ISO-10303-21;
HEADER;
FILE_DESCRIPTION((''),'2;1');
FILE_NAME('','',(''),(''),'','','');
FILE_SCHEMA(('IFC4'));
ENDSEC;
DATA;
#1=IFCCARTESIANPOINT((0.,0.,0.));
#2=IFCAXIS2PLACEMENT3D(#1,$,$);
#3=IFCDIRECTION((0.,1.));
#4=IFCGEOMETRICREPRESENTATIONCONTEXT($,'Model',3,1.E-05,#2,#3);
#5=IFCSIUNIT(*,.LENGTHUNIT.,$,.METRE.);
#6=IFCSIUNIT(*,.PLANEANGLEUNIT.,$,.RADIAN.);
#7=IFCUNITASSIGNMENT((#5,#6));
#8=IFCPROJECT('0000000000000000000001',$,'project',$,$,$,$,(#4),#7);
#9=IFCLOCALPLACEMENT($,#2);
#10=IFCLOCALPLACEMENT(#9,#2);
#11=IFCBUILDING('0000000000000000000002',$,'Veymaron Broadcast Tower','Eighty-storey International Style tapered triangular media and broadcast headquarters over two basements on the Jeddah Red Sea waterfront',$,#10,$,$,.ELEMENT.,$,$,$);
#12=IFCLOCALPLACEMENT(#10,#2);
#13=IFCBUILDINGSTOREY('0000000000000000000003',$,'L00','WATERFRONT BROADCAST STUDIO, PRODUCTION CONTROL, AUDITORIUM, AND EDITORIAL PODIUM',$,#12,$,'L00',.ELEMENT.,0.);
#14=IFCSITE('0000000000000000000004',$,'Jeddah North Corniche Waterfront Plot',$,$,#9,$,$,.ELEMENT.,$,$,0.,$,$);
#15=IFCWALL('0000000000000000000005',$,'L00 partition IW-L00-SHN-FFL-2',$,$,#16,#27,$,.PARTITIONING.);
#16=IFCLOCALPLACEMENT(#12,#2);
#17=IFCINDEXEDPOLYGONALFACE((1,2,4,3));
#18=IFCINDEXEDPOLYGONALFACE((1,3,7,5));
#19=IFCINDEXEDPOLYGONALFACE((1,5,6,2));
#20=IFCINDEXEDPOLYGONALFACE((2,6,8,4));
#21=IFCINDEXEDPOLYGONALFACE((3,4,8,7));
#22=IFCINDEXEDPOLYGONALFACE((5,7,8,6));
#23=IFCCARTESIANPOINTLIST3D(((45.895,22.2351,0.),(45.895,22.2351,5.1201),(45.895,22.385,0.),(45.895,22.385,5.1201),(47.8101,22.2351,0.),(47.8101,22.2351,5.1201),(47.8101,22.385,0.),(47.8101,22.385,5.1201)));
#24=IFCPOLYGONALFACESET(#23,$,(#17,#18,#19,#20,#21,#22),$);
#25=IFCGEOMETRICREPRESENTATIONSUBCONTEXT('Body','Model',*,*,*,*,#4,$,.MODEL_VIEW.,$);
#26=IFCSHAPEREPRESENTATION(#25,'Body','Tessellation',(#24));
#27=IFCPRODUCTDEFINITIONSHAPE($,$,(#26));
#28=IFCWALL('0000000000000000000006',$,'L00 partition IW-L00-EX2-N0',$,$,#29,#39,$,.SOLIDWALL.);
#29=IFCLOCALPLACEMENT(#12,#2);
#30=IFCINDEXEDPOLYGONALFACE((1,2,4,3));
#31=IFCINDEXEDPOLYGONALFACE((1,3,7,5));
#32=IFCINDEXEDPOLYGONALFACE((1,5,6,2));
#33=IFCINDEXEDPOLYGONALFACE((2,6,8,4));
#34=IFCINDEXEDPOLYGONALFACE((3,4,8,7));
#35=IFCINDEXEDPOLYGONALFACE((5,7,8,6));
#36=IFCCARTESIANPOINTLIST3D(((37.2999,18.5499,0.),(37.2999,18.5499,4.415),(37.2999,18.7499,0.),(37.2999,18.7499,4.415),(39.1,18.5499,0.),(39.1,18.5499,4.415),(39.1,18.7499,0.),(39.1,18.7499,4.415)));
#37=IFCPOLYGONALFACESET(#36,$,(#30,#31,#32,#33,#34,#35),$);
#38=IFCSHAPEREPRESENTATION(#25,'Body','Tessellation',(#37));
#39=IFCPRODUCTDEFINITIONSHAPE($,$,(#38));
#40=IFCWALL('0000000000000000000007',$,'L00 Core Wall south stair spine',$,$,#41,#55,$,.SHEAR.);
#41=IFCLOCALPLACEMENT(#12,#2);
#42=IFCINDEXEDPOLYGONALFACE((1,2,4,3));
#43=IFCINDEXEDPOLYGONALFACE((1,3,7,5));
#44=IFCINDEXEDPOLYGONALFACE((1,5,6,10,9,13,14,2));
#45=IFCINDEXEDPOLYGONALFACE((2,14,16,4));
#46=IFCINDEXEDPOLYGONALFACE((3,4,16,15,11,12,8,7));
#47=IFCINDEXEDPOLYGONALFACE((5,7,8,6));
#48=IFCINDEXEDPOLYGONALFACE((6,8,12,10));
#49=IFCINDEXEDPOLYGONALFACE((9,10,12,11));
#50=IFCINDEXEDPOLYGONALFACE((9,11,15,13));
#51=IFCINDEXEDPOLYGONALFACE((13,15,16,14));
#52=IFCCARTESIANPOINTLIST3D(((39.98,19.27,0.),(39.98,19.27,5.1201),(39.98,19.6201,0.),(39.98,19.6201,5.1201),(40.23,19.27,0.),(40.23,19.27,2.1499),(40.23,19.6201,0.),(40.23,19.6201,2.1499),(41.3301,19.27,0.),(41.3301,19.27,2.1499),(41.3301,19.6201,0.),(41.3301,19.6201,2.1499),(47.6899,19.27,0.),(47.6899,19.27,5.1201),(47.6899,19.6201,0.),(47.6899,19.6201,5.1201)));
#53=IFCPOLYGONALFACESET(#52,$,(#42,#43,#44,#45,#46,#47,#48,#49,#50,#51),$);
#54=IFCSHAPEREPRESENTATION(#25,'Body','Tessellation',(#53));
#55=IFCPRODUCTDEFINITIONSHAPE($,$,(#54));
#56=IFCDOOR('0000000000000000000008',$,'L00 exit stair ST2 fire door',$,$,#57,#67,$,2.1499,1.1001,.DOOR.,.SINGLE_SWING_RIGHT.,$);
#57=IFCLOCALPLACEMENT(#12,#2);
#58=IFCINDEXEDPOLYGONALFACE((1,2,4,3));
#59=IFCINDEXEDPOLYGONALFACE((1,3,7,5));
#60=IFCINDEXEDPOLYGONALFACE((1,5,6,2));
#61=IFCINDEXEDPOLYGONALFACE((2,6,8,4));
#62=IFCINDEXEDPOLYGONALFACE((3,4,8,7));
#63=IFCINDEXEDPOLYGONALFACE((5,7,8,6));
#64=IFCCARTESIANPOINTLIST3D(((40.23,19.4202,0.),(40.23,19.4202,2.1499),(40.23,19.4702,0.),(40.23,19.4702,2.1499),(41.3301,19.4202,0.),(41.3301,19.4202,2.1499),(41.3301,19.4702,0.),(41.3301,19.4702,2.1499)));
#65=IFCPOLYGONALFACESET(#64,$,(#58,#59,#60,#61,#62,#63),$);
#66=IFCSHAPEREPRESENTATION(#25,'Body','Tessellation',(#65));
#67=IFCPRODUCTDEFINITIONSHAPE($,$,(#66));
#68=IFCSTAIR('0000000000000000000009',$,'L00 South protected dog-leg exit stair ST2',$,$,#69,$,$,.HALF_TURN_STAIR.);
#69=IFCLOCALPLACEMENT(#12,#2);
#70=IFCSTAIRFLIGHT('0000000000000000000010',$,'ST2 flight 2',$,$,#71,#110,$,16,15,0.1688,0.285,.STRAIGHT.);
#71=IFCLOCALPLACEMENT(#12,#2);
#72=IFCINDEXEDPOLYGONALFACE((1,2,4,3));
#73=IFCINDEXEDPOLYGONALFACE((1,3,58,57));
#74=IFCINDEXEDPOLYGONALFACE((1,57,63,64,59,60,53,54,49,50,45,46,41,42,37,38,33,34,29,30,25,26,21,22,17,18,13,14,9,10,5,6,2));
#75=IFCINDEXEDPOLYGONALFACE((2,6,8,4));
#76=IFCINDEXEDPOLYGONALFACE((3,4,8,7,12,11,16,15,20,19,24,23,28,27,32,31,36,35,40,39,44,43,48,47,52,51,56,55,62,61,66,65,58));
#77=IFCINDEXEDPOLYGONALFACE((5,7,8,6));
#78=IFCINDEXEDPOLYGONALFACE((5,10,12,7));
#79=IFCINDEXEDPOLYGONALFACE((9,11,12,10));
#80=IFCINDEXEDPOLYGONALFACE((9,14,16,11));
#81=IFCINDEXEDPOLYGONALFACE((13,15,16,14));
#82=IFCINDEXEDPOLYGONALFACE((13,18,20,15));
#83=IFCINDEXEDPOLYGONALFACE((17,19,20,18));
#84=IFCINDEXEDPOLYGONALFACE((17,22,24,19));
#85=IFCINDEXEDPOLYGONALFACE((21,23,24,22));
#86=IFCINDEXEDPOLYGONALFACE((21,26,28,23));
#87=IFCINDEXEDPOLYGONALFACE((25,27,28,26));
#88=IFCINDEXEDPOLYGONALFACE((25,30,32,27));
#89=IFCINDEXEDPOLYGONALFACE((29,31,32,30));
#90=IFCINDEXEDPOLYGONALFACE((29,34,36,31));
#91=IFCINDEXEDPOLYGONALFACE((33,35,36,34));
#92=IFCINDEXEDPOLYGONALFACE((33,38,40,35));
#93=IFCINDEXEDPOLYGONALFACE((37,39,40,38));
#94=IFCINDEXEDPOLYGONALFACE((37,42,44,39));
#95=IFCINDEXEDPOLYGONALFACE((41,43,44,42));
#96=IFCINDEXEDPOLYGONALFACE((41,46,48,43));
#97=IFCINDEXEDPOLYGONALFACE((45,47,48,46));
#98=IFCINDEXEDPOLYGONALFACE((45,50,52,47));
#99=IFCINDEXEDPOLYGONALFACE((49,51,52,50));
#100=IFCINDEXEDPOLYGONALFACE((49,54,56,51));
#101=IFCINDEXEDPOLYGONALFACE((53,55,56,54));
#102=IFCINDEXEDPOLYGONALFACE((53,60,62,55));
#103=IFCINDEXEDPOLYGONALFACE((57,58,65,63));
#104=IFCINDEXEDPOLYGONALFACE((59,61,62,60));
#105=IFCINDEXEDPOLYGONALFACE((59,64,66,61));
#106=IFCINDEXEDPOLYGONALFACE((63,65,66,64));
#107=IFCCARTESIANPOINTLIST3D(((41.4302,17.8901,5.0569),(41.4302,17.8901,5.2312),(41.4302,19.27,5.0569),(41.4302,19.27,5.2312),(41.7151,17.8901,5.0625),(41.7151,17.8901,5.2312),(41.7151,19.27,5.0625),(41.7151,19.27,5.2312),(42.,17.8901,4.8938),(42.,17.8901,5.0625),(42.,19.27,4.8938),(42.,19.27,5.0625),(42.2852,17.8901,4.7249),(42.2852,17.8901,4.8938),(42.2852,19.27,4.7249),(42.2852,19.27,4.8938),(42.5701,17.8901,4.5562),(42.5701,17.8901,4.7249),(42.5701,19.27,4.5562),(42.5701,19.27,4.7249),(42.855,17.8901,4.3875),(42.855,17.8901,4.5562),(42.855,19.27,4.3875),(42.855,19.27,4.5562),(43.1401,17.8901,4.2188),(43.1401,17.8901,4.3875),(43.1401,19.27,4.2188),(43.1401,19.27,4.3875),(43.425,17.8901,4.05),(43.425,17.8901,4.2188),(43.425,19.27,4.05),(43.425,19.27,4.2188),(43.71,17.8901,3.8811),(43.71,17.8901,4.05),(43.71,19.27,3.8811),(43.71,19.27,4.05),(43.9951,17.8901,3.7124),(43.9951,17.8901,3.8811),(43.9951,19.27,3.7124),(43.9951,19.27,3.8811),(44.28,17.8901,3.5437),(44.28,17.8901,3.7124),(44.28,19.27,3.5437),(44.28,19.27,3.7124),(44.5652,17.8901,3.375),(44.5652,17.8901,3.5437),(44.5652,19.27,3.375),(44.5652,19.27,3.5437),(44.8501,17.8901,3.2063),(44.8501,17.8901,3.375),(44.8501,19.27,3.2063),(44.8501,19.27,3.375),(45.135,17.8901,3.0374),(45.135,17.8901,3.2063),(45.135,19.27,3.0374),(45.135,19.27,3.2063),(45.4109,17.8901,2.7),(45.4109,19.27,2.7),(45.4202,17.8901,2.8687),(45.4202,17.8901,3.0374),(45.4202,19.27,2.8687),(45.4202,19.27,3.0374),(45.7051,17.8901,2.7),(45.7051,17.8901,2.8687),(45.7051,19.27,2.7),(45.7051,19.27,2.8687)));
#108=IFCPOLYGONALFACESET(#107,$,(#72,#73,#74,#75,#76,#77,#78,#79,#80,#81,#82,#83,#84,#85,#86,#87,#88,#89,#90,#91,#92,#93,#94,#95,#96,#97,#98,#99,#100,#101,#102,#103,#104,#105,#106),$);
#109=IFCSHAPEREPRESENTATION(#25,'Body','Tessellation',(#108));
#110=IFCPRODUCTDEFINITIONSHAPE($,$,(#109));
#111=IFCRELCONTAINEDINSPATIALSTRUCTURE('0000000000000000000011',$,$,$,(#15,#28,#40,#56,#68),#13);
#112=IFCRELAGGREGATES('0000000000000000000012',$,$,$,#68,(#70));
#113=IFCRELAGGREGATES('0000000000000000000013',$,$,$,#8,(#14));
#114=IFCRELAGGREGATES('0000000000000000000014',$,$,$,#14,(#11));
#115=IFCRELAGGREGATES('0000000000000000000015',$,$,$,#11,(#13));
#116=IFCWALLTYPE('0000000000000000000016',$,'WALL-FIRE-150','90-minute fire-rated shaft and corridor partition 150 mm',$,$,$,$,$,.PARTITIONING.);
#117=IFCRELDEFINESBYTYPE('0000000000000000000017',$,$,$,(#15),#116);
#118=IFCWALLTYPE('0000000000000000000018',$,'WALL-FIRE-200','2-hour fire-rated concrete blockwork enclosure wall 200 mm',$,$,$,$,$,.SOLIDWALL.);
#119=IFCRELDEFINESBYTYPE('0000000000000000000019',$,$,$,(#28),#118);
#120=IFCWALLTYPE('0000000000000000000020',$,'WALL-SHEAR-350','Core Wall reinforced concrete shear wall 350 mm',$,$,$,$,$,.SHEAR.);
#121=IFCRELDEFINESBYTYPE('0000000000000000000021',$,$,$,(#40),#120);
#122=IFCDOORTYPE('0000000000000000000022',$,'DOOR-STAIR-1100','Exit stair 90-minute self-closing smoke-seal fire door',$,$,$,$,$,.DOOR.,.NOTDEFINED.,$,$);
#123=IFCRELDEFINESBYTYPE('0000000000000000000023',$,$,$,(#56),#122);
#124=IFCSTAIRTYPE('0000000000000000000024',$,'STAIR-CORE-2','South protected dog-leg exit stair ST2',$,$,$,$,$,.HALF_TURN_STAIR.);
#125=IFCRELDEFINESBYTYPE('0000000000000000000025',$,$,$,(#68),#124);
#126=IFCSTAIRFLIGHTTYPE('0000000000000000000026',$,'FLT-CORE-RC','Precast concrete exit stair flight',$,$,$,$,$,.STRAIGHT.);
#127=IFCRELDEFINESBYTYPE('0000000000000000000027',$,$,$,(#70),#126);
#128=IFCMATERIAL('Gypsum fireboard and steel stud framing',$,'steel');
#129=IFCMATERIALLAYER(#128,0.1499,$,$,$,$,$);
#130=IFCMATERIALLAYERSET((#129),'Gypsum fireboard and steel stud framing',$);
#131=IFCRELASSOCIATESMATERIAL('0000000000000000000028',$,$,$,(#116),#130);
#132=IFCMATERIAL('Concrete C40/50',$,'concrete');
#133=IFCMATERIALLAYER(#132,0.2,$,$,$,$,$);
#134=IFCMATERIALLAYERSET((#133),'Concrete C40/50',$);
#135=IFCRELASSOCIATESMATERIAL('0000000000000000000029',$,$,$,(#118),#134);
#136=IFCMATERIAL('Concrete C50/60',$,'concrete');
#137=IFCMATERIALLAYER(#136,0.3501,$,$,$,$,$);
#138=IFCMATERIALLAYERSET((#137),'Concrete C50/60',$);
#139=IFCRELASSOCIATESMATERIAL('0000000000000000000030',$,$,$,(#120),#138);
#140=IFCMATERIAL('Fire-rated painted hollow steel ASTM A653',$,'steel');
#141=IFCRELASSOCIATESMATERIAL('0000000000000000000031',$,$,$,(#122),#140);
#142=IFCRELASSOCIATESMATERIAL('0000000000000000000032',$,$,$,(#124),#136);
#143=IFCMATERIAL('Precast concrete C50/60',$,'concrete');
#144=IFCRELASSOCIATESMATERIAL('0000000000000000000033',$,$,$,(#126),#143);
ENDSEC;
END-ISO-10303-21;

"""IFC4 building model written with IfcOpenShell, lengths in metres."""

from ifc_helpers import new_model, si_unit, direction, frame, frame_2d, origin, place, context, subcontext, project, spatial, polyline, rectangle, outline, extrude, material, layer, layer_set, type_object, element, fill, aggregate, save


model = new_model("IFC4")

# Units and contexts
model_context = context("Model", 3, precision=1e-05, world=origin(), true_north=direction((0.0, 1.0)))
body_context = subcontext(model_context, "Body", "Model", "MODEL_VIEW")
ifc_project = project(units=[si_unit("LENGTHUNIT", "METRE"), si_unit("PLANEANGLEUNIT", "RADIAN")], contexts=[model_context])

# Site, building, storey
site_placement = place(None, origin())
site = spatial("IfcSite", under=ifc_project, at=site_placement, Name="Jeddah North Corniche Waterfront Plot", CompositionType="ELEMENT", RefElevation=0.0)
building_placement = place(site_placement, origin())
building = spatial("IfcBuilding", under=site, at=building_placement, Name="Veymaron Broadcast Tower", Description="Eighty-storey International Style tapered triangular media and broadcast headquarters over two basements on the Jeddah Red Sea waterfront", CompositionType="ELEMENT")
storey_placement = place(building_placement, origin())
storey = spatial("IfcBuildingStorey", under=building, at=storey_placement, Name="L00", Description="WATERFRONT BROADCAST STUDIO, PRODUCTION CONTROL, AUDITORIUM, AND EDITORIAL PODIUM", LongName="L00", CompositionType="ELEMENT", Elevation=0.0)

# Shared definitions
ifc_material_1 = material(Name="Gypsum fireboard and steel stud framing", Category="steel")
ifc_layer_1 = layer(ifc_material_1, 0.1499)
ifc_layer_set_1 = layer_set([ifc_layer_1], Name="Gypsum fireboard and steel stud framing")
wall_type_1 = type_object("IfcWallType", Name="WALL-FIRE-150", Description="90-minute fire-rated shaft and corridor partition 150 mm", PredefinedType="PARTITIONING", material=ifc_layer_set_1)
ifc_material_2 = material(Name="Fire-rated painted hollow steel ASTM A653", Category="steel")

# Walls
wall_1_placement = place(storey_placement, frame((45.895, 22.3101, 0.0), z_axis=(0.0, 0.0, 1.0), x_axis=(1.0, 0.0, 0.0)))
element("IfcWall", 1, at=wall_1_placement, inside=storey, type_object=wall_type_1, Name="L00 partition IW-L00-SHN-FFL-2", PredefinedType="PARTITIONING", context=body_context, shape_type="SweptSolid", body=[
    extrude(rectangle(XDim=1.915, YDim=0.1499, at=frame_2d((0.9575, 0.0))), origin(), (0.0, 0.0, 1.0), 5.1201),
])
ifc_material_3 = material(Name="Concrete C40/50", Category="concrete")
ifc_layer_2 = layer(ifc_material_3, 0.2)
ifc_layer_set_2 = layer_set([ifc_layer_2], Name="Concrete C40/50")
wall_type_2 = type_object("IfcWallType", Name="WALL-FIRE-200", Description="2-hour fire-rated concrete blockwork enclosure wall 200 mm", PredefinedType="SOLIDWALL", material=ifc_layer_set_2)
wall_2_placement = place(storey_placement, frame((37.3, 18.6499, 0.0), z_axis=(0.0, 0.0, 1.0), x_axis=(1.0, 0.0, 0.0)))
element("IfcWall", 2, at=wall_2_placement, inside=storey, type_object=wall_type_2, Name="L00 partition IW-L00-EX2-N0", PredefinedType="SOLIDWALL", context=body_context, shape_type="SweptSolid", body=[
    extrude(rectangle(XDim=1.8, YDim=0.2, at=frame_2d((0.8999, 0.0))), origin(), (0.0, 0.0, 1.0), 4.415),
])

# Wall, opening, door
ifc_material_4 = material(Name="Concrete C50/60", Category="concrete")
ifc_layer_3 = layer(ifc_material_4, 0.3501)
ifc_layer_set_3 = layer_set([ifc_layer_3], Name="Concrete C50/60")
wall_type_3 = type_object("IfcWallType", Name="WALL-SHEAR-350", Description="Core Wall reinforced concrete shear wall 350 mm", PredefinedType="SHEAR", material=ifc_layer_set_3)
wall_3_placement = place(storey_placement, frame((39.98, 19.4451, 0.0), z_axis=(0.0, 0.0, 1.0), x_axis=(1.0, 0.0, 0.0)))
wall_3 = element("IfcWall", 3, at=wall_3_placement, inside=storey, type_object=wall_type_3, Name="L00 Core Wall south stair spine", PredefinedType="SHEAR", context=body_context, shape_type="SweptSolid", body=[
    extrude(rectangle(XDim=7.71, YDim=0.3501, at=frame_2d((3.855, 0.0))), origin(), (0.0, 0.0, 1.0), 5.1201),
])
opening_1_placement = place(wall_3_placement, frame((0.25, 0.0, 0.0)))
opening_1 = element("IfcOpeningElement", 4, at=opening_1_placement, cuts=wall_3, PredefinedType="OPENING", context=body_context, shape_type="SweptSolid", body=[
    extrude(rectangle(XDim=1.1001, YDim=2.1499, at=frame_2d((0.55, 1.075))), frame((0.0, 0.1851, 0.0), z_axis=(0.0, -1.0, 0.0), x_axis=(1.0, 0.0, 0.0)), (0.0, 0.0, 1.0), 0.3701),
])
door_type_1 = type_object("IfcDoorType", Name="DOOR-STAIR-1100", Description="Exit stair 90-minute self-closing smoke-seal fire door", OperationType="NOTDEFINED", PredefinedType="DOOR", material=ifc_material_2)
door_1_placement = place(opening_1_placement, frame((1.1001, 0.0, 0.0), z_axis=(0.0, 0.0, 1.0), x_axis=(-1.0, 0.0, 0.0)))
door_1 = element("IfcDoor", 5, at=door_1_placement, inside=storey, type_object=door_type_1, Name="L00 exit stair ST2 fire door", OperationType="SINGLE_SWING_RIGHT", OverallHeight=2.1499, OverallWidth=1.1001, PredefinedType="DOOR", context=body_context, shape_type="SweptSolid", body=[
    extrude(rectangle(XDim=1.1001, YDim=2.1499, at=frame_2d((0.55, 1.075))), frame((0.0, 0.0249, 0.0), z_axis=(0.0, -1.0, 0.0), x_axis=(1.0, 0.0, 0.0)), (0.0, 0.0, 1.0), 0.05),
])
fill(opening_1, door_1)

# Stair, stair flight
stair_type = type_object("IfcStairType", Name="STAIR-CORE-2", Description="South protected dog-leg exit stair ST2", PredefinedType="HALF_TURN_STAIR", material=ifc_material_4)
stair_placement = place(storey_placement, origin())
stair = element("IfcStair", 6, at=stair_placement, inside=storey, type_object=stair_type, Name="L00 South protected dog-leg exit stair ST2", PredefinedType="HALF_TURN_STAIR")
ifc_material_5 = material(Name="Precast concrete C50/60", Category="concrete")
stair_flight_type = type_object("IfcStairFlightType", Name="FLT-CORE-RC", Description="Precast concrete exit stair flight", PredefinedType="STRAIGHT", material=ifc_material_5)
stair_flight_placement = place(storey_placement, frame((45.7051, 18.5801, 2.7), z_axis=(0.0, 0.0, 1.0), x_axis=(-1.0, 0.0, 0.0)))
stair_flight = element("IfcStairFlight", 7, at=stair_flight_placement, type_object=stair_flight_type, Name="ST2 flight 2", NumberOfRisers=16, NumberOfTreads=15, PredefinedType="STRAIGHT", RiserHeight=0.1688, TreadLength=0.285, context=body_context, shape_type="SweptSolid", body=[
    extrude(outline(polyline([(0.0, 0.0), (0.0, 0.1687), (0.2849, 0.1687), (0.2849, 0.3374), (0.5701, 0.3374), (0.5701, 0.5063), (0.855, 0.5063), (0.855, 0.675), (1.1399, 0.675), (1.1399, 0.8438), (1.425, 0.8438), (1.425, 1.0125), (1.71, 1.0125), (1.71, 1.1812), (1.9951, 1.1812), (1.9951, 1.3501), (2.28, 1.3501), (2.28, 1.5188), (2.5649, 1.5188), (2.5649, 1.6875), (2.8501, 1.6875), (2.8501, 1.8562), (3.135, 1.8562), (3.135, 2.0249), (3.4199, 2.0249), (3.4199, 2.1938), (3.7051, 2.1938), (3.7051, 2.3625), (3.99, 2.3625), (3.99, 2.5312), (4.2749, 2.5312), (4.2749, 2.7), (4.2749, 2.3569), (0.2942, 0.0), (0.0, 0.0)])), frame((0.0, 0.6899, 0.0), z_axis=(0.0, -1.0, 0.0), x_axis=(1.0, 0.0, 0.0)), (0.0, 0.0, 1.0), 1.3799),
])
aggregate(stair, [stair_flight])

save(model, "model.ifc")
